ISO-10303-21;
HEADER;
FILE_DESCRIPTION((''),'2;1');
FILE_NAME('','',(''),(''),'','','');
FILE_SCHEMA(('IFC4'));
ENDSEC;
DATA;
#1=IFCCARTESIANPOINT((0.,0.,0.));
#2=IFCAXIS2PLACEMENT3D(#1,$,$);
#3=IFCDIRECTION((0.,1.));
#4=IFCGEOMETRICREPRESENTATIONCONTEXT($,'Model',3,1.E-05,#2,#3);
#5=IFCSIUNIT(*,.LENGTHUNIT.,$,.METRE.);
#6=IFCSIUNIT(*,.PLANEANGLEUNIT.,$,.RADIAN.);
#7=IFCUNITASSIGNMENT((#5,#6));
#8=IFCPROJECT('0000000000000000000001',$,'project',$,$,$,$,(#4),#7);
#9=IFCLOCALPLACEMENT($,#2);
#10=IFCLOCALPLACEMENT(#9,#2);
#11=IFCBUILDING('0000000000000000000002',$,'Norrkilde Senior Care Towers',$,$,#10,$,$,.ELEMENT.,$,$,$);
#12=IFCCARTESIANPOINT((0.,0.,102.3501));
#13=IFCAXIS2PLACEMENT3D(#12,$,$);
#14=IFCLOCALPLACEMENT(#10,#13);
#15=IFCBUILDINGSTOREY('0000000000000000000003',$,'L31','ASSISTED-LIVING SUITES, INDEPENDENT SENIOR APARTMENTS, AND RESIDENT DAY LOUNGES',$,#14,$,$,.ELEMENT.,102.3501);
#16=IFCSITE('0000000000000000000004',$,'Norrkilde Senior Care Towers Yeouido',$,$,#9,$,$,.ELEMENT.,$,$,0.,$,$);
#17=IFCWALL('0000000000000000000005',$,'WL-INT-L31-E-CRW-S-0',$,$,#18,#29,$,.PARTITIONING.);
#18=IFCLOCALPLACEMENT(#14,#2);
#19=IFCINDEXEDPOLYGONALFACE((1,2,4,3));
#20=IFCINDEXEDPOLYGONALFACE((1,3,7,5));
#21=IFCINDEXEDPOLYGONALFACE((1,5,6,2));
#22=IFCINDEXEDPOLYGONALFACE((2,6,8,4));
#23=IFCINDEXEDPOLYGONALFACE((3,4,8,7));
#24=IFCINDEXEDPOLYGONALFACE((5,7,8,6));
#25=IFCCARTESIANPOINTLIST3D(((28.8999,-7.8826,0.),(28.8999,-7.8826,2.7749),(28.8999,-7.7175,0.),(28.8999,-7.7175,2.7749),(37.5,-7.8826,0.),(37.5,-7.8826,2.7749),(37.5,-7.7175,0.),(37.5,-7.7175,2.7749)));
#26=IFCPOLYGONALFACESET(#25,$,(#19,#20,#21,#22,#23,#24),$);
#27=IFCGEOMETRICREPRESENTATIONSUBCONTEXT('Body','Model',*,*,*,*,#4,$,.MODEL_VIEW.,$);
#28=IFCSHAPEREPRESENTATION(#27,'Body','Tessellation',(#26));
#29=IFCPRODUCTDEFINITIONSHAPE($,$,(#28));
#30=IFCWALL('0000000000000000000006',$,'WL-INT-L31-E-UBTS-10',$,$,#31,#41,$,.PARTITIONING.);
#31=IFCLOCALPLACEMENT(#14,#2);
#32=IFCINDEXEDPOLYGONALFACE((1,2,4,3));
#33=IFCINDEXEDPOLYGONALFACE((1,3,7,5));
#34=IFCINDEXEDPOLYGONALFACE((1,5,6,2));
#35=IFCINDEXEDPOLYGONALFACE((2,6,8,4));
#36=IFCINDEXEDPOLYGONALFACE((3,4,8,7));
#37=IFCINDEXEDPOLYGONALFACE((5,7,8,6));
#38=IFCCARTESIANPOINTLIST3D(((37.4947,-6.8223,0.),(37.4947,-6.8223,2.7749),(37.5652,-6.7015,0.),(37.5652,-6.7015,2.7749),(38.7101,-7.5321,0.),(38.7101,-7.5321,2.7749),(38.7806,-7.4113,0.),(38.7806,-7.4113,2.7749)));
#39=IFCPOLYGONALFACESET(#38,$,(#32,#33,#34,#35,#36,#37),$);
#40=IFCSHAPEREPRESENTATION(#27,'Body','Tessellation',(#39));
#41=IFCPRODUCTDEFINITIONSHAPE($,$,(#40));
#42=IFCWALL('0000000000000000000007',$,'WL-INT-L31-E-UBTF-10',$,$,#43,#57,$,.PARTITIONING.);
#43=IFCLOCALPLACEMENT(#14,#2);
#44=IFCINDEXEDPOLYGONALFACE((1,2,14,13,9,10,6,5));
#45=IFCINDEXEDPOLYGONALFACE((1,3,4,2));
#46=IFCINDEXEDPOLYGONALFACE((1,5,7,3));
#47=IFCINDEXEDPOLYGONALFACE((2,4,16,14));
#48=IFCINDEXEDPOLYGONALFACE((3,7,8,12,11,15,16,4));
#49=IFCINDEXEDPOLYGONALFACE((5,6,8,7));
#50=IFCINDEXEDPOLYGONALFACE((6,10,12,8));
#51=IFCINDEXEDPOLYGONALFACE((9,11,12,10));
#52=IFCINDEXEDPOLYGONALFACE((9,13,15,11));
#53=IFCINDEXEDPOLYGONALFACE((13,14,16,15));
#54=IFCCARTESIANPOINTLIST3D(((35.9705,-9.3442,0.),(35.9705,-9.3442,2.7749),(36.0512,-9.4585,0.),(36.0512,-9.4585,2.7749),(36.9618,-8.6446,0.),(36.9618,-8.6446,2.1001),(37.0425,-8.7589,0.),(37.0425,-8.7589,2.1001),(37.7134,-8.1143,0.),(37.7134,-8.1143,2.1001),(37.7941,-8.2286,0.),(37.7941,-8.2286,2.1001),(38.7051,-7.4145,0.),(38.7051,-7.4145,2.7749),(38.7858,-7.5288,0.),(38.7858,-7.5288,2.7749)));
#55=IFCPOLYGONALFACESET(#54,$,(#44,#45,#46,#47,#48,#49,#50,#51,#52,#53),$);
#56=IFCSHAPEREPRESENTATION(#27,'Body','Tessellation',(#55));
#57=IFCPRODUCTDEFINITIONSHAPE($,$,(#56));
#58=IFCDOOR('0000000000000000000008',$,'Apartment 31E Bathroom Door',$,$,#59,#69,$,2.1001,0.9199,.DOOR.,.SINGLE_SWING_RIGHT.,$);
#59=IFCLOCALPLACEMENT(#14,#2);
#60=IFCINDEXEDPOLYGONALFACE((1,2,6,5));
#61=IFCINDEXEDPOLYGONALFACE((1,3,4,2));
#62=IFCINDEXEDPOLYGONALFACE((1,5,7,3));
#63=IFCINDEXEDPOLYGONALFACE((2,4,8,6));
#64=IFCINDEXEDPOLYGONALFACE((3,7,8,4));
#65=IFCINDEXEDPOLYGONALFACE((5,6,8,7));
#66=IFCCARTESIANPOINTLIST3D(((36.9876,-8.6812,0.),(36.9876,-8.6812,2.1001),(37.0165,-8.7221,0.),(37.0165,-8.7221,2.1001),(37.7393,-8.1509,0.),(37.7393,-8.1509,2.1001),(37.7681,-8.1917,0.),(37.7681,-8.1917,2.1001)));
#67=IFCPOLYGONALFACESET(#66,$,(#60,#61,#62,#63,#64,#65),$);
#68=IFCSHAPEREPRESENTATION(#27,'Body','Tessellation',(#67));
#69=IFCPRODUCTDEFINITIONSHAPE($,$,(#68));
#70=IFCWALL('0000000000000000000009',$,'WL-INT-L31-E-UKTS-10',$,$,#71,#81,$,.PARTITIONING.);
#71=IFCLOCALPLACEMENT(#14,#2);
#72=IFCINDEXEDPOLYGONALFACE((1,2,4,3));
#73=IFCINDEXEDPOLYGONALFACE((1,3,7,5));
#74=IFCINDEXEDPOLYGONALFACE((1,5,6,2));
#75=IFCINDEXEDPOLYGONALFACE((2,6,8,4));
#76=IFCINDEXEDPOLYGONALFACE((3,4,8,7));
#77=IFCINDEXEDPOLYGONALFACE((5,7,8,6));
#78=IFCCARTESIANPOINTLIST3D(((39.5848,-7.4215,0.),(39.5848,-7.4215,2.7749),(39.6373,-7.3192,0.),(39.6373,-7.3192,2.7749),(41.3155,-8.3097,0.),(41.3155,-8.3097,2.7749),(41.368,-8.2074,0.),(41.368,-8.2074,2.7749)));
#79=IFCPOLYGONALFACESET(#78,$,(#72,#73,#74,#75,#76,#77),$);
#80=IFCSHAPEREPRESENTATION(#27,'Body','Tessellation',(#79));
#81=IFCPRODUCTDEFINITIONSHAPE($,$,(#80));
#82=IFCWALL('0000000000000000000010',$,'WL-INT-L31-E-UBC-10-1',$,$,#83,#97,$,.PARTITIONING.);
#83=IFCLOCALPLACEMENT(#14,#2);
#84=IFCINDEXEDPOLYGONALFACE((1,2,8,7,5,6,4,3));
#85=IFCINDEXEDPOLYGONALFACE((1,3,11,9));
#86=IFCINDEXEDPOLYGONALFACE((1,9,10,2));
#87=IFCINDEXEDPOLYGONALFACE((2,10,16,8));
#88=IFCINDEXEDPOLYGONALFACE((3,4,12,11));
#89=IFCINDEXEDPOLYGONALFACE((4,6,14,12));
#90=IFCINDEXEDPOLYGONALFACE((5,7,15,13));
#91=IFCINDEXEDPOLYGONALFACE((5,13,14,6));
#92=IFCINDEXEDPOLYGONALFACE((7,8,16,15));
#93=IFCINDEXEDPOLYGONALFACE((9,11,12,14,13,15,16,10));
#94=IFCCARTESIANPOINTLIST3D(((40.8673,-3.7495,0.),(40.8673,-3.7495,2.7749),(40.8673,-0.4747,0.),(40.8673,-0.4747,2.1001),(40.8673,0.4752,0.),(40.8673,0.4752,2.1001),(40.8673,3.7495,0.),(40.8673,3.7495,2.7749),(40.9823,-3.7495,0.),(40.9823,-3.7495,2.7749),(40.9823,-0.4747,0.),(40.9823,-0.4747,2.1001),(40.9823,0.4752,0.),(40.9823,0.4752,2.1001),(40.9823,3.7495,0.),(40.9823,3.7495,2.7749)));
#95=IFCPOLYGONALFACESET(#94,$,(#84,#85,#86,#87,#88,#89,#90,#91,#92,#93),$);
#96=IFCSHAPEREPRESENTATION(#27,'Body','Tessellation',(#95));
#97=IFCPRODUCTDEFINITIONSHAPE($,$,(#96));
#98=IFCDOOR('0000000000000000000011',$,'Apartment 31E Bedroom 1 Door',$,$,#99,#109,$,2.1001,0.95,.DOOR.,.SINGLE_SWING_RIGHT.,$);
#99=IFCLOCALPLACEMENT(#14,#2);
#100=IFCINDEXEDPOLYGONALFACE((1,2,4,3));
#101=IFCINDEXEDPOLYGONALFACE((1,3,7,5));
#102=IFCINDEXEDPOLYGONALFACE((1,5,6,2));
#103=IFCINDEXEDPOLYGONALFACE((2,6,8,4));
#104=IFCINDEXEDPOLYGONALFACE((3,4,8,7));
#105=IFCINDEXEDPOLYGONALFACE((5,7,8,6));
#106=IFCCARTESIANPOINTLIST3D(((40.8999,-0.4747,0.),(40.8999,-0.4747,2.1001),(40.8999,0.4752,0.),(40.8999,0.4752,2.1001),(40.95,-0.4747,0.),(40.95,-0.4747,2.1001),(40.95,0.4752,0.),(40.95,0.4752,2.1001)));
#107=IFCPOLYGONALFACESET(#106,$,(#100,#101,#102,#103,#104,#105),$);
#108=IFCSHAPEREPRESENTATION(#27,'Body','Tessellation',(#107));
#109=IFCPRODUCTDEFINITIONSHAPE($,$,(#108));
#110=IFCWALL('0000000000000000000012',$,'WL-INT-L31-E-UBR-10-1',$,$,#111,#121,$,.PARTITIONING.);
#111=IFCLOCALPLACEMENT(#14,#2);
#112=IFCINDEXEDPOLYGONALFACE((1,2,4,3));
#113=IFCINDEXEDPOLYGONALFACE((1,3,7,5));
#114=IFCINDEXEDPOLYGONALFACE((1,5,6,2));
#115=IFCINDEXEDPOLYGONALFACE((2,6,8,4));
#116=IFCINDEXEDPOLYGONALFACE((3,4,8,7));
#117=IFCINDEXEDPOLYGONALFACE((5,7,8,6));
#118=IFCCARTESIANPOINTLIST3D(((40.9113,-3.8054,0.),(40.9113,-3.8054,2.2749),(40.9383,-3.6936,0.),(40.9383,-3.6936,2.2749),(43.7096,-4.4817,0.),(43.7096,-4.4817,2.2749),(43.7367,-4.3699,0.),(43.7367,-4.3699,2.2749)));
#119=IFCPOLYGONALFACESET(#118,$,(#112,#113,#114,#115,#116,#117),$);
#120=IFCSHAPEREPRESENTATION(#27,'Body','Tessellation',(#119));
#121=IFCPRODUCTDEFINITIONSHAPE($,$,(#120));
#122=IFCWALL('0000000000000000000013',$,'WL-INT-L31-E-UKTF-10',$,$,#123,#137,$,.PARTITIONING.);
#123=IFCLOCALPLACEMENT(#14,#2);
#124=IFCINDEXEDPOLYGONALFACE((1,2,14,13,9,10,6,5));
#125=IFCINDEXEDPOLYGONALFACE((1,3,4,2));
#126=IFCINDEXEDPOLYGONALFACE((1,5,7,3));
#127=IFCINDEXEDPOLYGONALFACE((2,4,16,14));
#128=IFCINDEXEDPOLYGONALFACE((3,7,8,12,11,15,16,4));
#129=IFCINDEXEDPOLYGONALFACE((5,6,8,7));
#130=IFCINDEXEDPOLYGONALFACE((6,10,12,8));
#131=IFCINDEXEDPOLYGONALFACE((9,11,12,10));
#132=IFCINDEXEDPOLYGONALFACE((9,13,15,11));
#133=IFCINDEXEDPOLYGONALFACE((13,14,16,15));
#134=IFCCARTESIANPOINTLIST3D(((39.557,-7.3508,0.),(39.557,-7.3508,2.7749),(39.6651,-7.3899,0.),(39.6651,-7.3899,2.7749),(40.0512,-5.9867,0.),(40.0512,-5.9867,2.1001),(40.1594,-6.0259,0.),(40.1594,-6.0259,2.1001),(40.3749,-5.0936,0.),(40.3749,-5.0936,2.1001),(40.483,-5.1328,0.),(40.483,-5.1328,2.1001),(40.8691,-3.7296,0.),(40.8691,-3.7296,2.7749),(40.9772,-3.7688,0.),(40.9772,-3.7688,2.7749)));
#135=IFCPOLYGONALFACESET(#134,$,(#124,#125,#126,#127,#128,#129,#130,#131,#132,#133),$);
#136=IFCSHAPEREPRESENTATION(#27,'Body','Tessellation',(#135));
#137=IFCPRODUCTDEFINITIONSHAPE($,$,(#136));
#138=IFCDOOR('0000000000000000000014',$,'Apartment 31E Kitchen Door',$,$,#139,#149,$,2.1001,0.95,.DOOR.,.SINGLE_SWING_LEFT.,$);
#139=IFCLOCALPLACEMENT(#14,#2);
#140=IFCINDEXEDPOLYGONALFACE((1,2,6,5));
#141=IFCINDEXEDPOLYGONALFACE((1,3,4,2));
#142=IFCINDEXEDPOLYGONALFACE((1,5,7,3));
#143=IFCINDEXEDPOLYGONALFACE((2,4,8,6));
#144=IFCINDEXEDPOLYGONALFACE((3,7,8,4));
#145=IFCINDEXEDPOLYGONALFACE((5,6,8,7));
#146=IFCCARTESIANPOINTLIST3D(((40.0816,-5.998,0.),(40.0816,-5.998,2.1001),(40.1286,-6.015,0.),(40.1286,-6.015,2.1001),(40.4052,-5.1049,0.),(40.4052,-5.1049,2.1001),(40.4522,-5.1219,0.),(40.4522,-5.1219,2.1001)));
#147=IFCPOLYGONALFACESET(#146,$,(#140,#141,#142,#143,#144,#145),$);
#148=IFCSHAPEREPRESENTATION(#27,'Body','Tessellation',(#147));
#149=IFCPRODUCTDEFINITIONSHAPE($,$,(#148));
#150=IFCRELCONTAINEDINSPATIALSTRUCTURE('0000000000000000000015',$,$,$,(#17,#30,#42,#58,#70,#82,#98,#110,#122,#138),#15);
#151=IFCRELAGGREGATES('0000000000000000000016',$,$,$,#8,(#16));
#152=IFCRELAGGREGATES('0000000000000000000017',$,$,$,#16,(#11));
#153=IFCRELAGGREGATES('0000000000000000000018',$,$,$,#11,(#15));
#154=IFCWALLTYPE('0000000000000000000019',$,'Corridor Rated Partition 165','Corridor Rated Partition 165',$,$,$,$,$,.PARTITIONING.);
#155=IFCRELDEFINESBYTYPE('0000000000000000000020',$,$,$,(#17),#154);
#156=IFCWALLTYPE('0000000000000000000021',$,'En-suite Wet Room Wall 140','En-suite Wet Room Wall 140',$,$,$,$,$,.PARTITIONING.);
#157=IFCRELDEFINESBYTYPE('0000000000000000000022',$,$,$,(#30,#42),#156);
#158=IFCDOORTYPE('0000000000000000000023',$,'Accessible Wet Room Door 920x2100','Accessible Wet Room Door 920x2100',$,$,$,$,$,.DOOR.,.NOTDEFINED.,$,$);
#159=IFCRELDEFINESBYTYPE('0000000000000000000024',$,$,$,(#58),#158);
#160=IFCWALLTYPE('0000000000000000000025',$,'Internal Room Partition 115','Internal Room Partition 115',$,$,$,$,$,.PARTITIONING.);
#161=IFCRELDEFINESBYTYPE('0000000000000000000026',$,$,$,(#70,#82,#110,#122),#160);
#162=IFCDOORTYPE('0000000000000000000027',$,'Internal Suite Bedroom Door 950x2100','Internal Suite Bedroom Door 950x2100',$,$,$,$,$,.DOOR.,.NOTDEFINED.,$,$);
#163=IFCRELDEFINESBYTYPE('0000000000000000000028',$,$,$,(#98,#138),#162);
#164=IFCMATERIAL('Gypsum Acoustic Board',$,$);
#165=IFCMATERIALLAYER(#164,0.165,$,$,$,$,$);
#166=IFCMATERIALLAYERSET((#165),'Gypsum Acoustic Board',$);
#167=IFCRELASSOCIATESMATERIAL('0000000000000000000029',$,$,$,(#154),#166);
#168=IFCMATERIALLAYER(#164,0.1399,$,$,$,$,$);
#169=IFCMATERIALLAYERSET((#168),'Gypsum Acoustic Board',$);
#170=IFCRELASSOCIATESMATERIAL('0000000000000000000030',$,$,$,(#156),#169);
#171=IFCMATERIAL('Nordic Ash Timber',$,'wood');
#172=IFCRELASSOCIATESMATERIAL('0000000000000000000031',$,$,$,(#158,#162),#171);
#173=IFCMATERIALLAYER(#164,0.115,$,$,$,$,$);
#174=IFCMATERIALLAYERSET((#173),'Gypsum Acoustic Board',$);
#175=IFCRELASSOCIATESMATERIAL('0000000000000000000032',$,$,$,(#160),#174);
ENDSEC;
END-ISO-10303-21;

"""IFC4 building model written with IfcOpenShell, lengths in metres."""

from ifc_helpers import new_model, si_unit, direction, frame, frame_2d, origin, place, context, subcontext, project, spatial, rectangle, extrude, source, transform, mapped, material, layer, layer_set, type_object, type_shapes, element, fill, save


model = new_model("IFC4")

# Units and contexts
model_context = context("Model", 3, precision=1e-05, world=origin(), true_north=direction((0.0, 1.0)))
body_context = subcontext(model_context, "Body", "Model", "MODEL_VIEW")
ifc_project = project(units=[si_unit("LENGTHUNIT", "METRE"), si_unit("PLANEANGLEUNIT", "RADIAN")], contexts=[model_context])

# Site, building, storey
site_placement = place(None, origin())
site = spatial("IfcSite", under=ifc_project, at=site_placement, Name="Norrkilde Senior Care Towers Yeouido", CompositionType="ELEMENT", RefElevation=0.0)
building_placement = place(site_placement, origin())
building = spatial("IfcBuilding", under=site, at=building_placement, Name="Norrkilde Senior Care Towers", CompositionType="ELEMENT")
storey_placement = place(building_placement, frame((0.0, 0.0, 102.3501)))
storey = spatial("IfcBuildingStorey", under=building, at=storey_placement, Name="L31", Description="ASSISTED-LIVING SUITES, INDEPENDENT SENIOR APARTMENTS, AND RESIDENT DAY LOUNGES", CompositionType="ELEMENT", Elevation=102.3501)

# Walls
ifc_material_1 = material(Name="Gypsum Acoustic Board")
ifc_layer_1 = layer(ifc_material_1, 0.165)
ifc_layer_set_1 = layer_set([ifc_layer_1], Name="Gypsum Acoustic Board")
wall_type_1 = type_object("IfcWallType", Name="Corridor Rated Partition 165", Description="Corridor Rated Partition 165", PredefinedType="PARTITIONING", material=ifc_layer_set_1)
shared_shape_1 = source(origin(), body_context, "Body", "SweptSolid", [
    extrude(rectangle(XDim=8.6001, YDim=0.165, at=frame_2d((4.3, 0.0))), origin(), (0.0, 0.0, 1.0), 2.7749),
])
type_shapes(wall_type_1, [shared_shape_1])
wall_1_placement = place(storey_placement, frame((37.5, -7.8, 0.0), z_axis=(0.0, 0.0, 1.0), x_axis=(-1.0, 0.0, 0.0)))
element("IfcWall", 1, at=wall_1_placement, inside=storey, type_object=wall_type_1, Name="WL-INT-L31-E-CRW-S-0", PredefinedType="PARTITIONING", context=body_context, shape_type="MappedRepresentation", body=[
    mapped(shared_shape_1, transform((0.0, 0.0, 0.0), x_axis=(1.0, 0.0, 0.0), y_axis=(0.0, 1.0, 0.0), z_axis=(0.0, 0.0, 1.0), scale=1.0)),
])
ifc_layer_2 = layer(ifc_material_1, 0.1399)
ifc_layer_set_2 = layer_set([ifc_layer_2], Name="Gypsum Acoustic Board")
wall_type_2 = type_object("IfcWallType", Name="En-suite Wet Room Wall 140", Description="En-suite Wet Room Wall 140", PredefinedType="PARTITIONING", material=ifc_layer_set_2)
shared_shape_2 = source(origin(), body_context, "Body", "SweptSolid", [
    extrude(rectangle(XDim=1.4075, YDim=0.1399, at=frame_2d((0.7036, 0.0))), origin(), (0.0, 0.0, 1.0), 2.7749),
])
wall_2_placement = place(storey_placement, frame((37.53, -6.762, 0.0), z_axis=(0.0, 0.0, 1.0), x_axis=(0.86354, -0.504281, 0.0)))
element("IfcWall", 2, at=wall_2_placement, inside=storey, type_object=wall_type_2, Name="WL-INT-L31-E-UBTS-10", PredefinedType="PARTITIONING", context=body_context, shape_type="MappedRepresentation", body=[
    mapped(shared_shape_2, transform((0.0, 0.0, 0.0), x_axis=(1.0, 0.0, 0.0), y_axis=(0.0, 1.0, 0.0), z_axis=(0.0, 0.0, 1.0), scale=1.0)),
])

# Wall, opening, door
shared_shape_3 = source(origin(), body_context, "Body", "SweptSolid", [
    extrude(rectangle(XDim=3.3469, YDim=0.1399, at=frame_2d((1.6733, 0.0))), origin(), (0.0, 0.0, 1.0), 2.7749),
])
type_shapes(wall_type_2, [shared_shape_2, shared_shape_3])
wall_3_placement = place(storey_placement, frame((38.7454, -7.4717, 0.0), z_axis=(0.0, 0.0, 1.0), x_axis=(-0.817057, -0.576557, 0.0)))
wall_3 = element("IfcWall", 3, at=wall_3_placement, inside=storey, type_object=wall_type_2, Name="WL-INT-L31-E-UBTF-10", PredefinedType="PARTITIONING", context=body_context, shape_type="MappedRepresentation", body=[
    mapped(shared_shape_3, transform((0.0, 0.0, 0.0), x_axis=(1.0, 0.0, 0.0), y_axis=(0.0, 1.0, 0.0), z_axis=(0.0, 0.0, 1.0), scale=1.0)),
])
opening_1_placement = place(wall_3_placement, frame((1.2136, 0.0, 0.0)))
opening_1 = element("IfcOpeningElement", 4, at=opening_1_placement, cuts=wall_3, PredefinedType="OPENING", context=body_context, shape_type="SweptSolid", body=[
    extrude(rectangle(XDim=0.9199, YDim=2.1001, at=frame_2d((0.46, 1.05))), frame((0.0, 0.0798, 0.0), z_axis=(0.0, -1.0, 0.0), x_axis=(1.0, 0.0, 0.0)), (0.0, 0.0, 1.0), 0.1599),
])
ifc_material_2 = material(Name="Nordic Ash Timber", Category="wood")
door_type_1 = type_object("IfcDoorType", Name="Accessible Wet Room Door 920x2100", Description="Accessible Wet Room Door 920x2100", OperationType="NOTDEFINED", PredefinedType="DOOR", material=ifc_material_2)
shared_shape_4 = source(origin(), body_context, "Body", "SweptSolid", [
    extrude(rectangle(XDim=0.9199, YDim=2.1001, at=frame_2d((0.46, 1.05))), frame((0.0, 0.0249, 0.0), z_axis=(0.0, -1.0, 0.0), x_axis=(1.0, 0.0, 0.0)), (0.0, 0.0, 1.0), 0.05),
])
type_shapes(door_type_1, [shared_shape_4])
door_1_placement = place(opening_1_placement, origin())
door_1 = element("IfcDoor", 5, at=door_1_placement, inside=storey, type_object=door_type_1, Name="Apartment 31E Bathroom Door", OperationType="SINGLE_SWING_RIGHT", OverallHeight=2.1001, OverallWidth=0.9199, PredefinedType="DOOR", context=body_context, shape_type="MappedRepresentation", body=[
    mapped(shared_shape_4, transform((0.0, 0.0, 0.0), x_axis=(1.0, 0.0, 0.0), y_axis=(0.0, 1.0, 0.0), z_axis=(0.0, 0.0, 1.0), scale=1.0)),
])
fill(opening_1, door_1)

# Wall
ifc_layer_3 = layer(ifc_material_1, 0.115)
ifc_layer_set_3 = layer_set([ifc_layer_3], Name="Gypsum Acoustic Board")
wall_type_3 = type_object("IfcWallType", Name="Internal Room Partition 115", Description="Internal Room Partition 115", PredefinedType="PARTITIONING", material=ifc_layer_set_3)
shared_shape_5 = source(origin(), body_context, "Body", "SweptSolid", [
    extrude(rectangle(XDim=1.9453, YDim=0.115, at=frame_2d((0.9727, 0.0))), origin(), (0.0, 0.0, 1.0), 2.7749),
])
wall_4_placement = place(storey_placement, frame((39.6111, -7.3704, 0.0), z_axis=(0.0, 0.0, 1.0), x_axis=(0.889684, -0.456577, 0.0)))
element("IfcWall", 6, at=wall_4_placement, inside=storey, type_object=wall_type_3, Name="WL-INT-L31-E-UKTS-10", PredefinedType="PARTITIONING", context=body_context, shape_type="MappedRepresentation", body=[
    mapped(shared_shape_5, transform((0.0, 0.0, 0.0), x_axis=(1.0, 0.0, 0.0), y_axis=(0.0, 1.0, 0.0), z_axis=(0.0, 0.0, 1.0), scale=1.0)),
])

# Wall, opening, door
shared_shape_6 = source(origin(), body_context, "Body", "SweptSolid", [
    extrude(rectangle(XDim=7.499, YDim=0.115, at=frame_2d((3.7495, 0.0))), origin(), (0.0, 0.0, 1.0), 2.7749),
])
wall_5_placement = place(storey_placement, frame((40.9248, -3.7495, 0.0), z_axis=(0.0, 0.0, 1.0), x_axis=(0.0, 1.0, 0.0)))
wall_5 = element("IfcWall", 7, at=wall_5_placement, inside=storey, type_object=wall_type_3, Name="WL-INT-L31-E-UBC-10-1", PredefinedType="PARTITIONING", context=body_context, shape_type="MappedRepresentation", body=[
    mapped(shared_shape_6, transform((0.0, 0.0, 0.0), x_axis=(1.0, 0.0, 0.0), y_axis=(0.0, 1.0, 0.0), z_axis=(0.0, 0.0, 1.0), scale=1.0)),
])
opening_2_placement = place(wall_5_placement, frame((3.2747, 0.0, 0.0)))
opening_2 = element("IfcOpeningElement", 8, at=opening_2_placement, cuts=wall_5, PredefinedType="OPENING", context=body_context, shape_type="SweptSolid", body=[
    extrude(rectangle(XDim=0.95, YDim=2.1001, at=frame_2d((0.4751, 1.05))), frame((0.0, 0.0674, 0.0), z_axis=(0.0, -1.0, 0.0), x_axis=(1.0, 0.0, 0.0)), (0.0, 0.0, 1.0), 0.135),
])
door_type_2 = type_object("IfcDoorType", Name="Internal Suite Bedroom Door 950x2100", Description="Internal Suite Bedroom Door 950x2100", OperationType="NOTDEFINED", PredefinedType="DOOR", material=ifc_material_2)
shared_shape_7 = source(origin(), body_context, "Body", "SweptSolid", [
    extrude(rectangle(XDim=0.95, YDim=2.1001, at=frame_2d((0.4751, 1.05))), frame((0.0, 0.0249, 0.0), z_axis=(0.0, -1.0, 0.0), x_axis=(1.0, 0.0, 0.0)), (0.0, 0.0, 1.0), 0.05),
])
type_shapes(door_type_2, [shared_shape_7])
door_2_placement = place(opening_2_placement, origin())
door_2 = element("IfcDoor", 9, at=door_2_placement, inside=storey, type_object=door_type_2, Name="Apartment 31E Bedroom 1 Door", OperationType="SINGLE_SWING_RIGHT", OverallHeight=2.1001, OverallWidth=0.95, PredefinedType="DOOR", context=body_context, shape_type="MappedRepresentation", body=[
    mapped(shared_shape_7, transform((0.0, 0.0, 0.0), x_axis=(1.0, 0.0, 0.0), y_axis=(0.0, 1.0, 0.0), z_axis=(0.0, 0.0, 1.0), scale=1.0)),
])
fill(opening_2, door_2)

# Wall
shared_shape_8 = source(origin(), body_context, "Body", "SweptSolid", [
    extrude(rectangle(XDim=2.8789, YDim=0.115, at=frame_2d((1.4395, 0.0))), origin(), (0.0, 0.0, 1.0), 2.2749),
])
wall_6_placement = place(storey_placement, frame((40.9248, -3.7495, 0.0), z_axis=(0.0, 0.0, 1.0), x_axis=(0.972018, -0.234906, 0.0)))
element("IfcWall", 10, at=wall_6_placement, inside=storey, type_object=wall_type_3, Name="WL-INT-L31-E-UBR-10-1", PredefinedType="PARTITIONING", context=body_context, shape_type="MappedRepresentation", body=[
    mapped(shared_shape_8, transform((0.0, 0.0, 0.0), x_axis=(1.0, 0.0, 0.0), y_axis=(0.0, 1.0, 0.0), z_axis=(0.0, 0.0, 1.0), scale=1.0)),
])

# Wall, opening, door
shared_shape_9 = source(origin(), body_context, "Body", "SweptSolid", [
    extrude(rectangle(XDim=3.8516, YDim=0.115, at=frame_2d((1.9258, 0.0))), origin(), (0.0, 0.0, 1.0), 2.7749),
])
type_shapes(wall_type_3, [shared_shape_5, shared_shape_6, shared_shape_8, shared_shape_9])
wall_7_placement = place(storey_placement, frame((39.6111, -7.3704, 0.0), z_axis=(0.0, 0.0, 1.0), x_axis=(0.340654, 0.940189, 0.0)))
wall_7 = element("IfcWall", 11, at=wall_7_placement, inside=storey, type_object=wall_type_3, Name="WL-INT-L31-E-UKTF-10", PredefinedType="PARTITIONING", context=body_context, shape_type="MappedRepresentation", body=[
    mapped(shared_shape_9, transform((0.0, 0.0, 0.0), x_axis=(1.0, 0.0, 0.0), y_axis=(0.0, 1.0, 0.0), z_axis=(0.0, 0.0, 1.0), scale=1.0)),
])
opening_3_placement = place(wall_7_placement, frame((1.4507, 0.0, 0.0)))
opening_3 = element("IfcOpeningElement", 12, at=opening_3_placement, cuts=wall_7, PredefinedType="OPENING", context=body_context, shape_type="SweptSolid", body=[
    extrude(rectangle(XDim=0.95, YDim=2.1001, at=frame_2d((0.4751, 1.05))), frame((0.0, 0.0674, 0.0), z_axis=(0.0, -1.0, 0.0), x_axis=(1.0, 0.0, 0.0)), (0.0, 0.0, 1.0), 0.135),
])
door_3_placement = place(opening_3_placement, frame((0.95, 0.0, 0.0), z_axis=(0.0, 0.0, 1.0), x_axis=(-1.0, 0.0, 0.0)))
door_3 = element("IfcDoor", 13, at=door_3_placement, inside=storey, type_object=door_type_2, Name="Apartment 31E Kitchen Door", OperationType="SINGLE_SWING_LEFT", OverallHeight=2.1001, OverallWidth=0.95, PredefinedType="DOOR", context=body_context, shape_type="MappedRepresentation", body=[
    mapped(shared_shape_7, transform((0.0, 0.0, 0.0), x_axis=(1.0, 0.0, 0.0), y_axis=(0.0, 1.0, 0.0), z_axis=(0.0, 0.0, 1.0), scale=1.0)),
])
fill(opening_3, door_3)

save(model, "model.ifc")
